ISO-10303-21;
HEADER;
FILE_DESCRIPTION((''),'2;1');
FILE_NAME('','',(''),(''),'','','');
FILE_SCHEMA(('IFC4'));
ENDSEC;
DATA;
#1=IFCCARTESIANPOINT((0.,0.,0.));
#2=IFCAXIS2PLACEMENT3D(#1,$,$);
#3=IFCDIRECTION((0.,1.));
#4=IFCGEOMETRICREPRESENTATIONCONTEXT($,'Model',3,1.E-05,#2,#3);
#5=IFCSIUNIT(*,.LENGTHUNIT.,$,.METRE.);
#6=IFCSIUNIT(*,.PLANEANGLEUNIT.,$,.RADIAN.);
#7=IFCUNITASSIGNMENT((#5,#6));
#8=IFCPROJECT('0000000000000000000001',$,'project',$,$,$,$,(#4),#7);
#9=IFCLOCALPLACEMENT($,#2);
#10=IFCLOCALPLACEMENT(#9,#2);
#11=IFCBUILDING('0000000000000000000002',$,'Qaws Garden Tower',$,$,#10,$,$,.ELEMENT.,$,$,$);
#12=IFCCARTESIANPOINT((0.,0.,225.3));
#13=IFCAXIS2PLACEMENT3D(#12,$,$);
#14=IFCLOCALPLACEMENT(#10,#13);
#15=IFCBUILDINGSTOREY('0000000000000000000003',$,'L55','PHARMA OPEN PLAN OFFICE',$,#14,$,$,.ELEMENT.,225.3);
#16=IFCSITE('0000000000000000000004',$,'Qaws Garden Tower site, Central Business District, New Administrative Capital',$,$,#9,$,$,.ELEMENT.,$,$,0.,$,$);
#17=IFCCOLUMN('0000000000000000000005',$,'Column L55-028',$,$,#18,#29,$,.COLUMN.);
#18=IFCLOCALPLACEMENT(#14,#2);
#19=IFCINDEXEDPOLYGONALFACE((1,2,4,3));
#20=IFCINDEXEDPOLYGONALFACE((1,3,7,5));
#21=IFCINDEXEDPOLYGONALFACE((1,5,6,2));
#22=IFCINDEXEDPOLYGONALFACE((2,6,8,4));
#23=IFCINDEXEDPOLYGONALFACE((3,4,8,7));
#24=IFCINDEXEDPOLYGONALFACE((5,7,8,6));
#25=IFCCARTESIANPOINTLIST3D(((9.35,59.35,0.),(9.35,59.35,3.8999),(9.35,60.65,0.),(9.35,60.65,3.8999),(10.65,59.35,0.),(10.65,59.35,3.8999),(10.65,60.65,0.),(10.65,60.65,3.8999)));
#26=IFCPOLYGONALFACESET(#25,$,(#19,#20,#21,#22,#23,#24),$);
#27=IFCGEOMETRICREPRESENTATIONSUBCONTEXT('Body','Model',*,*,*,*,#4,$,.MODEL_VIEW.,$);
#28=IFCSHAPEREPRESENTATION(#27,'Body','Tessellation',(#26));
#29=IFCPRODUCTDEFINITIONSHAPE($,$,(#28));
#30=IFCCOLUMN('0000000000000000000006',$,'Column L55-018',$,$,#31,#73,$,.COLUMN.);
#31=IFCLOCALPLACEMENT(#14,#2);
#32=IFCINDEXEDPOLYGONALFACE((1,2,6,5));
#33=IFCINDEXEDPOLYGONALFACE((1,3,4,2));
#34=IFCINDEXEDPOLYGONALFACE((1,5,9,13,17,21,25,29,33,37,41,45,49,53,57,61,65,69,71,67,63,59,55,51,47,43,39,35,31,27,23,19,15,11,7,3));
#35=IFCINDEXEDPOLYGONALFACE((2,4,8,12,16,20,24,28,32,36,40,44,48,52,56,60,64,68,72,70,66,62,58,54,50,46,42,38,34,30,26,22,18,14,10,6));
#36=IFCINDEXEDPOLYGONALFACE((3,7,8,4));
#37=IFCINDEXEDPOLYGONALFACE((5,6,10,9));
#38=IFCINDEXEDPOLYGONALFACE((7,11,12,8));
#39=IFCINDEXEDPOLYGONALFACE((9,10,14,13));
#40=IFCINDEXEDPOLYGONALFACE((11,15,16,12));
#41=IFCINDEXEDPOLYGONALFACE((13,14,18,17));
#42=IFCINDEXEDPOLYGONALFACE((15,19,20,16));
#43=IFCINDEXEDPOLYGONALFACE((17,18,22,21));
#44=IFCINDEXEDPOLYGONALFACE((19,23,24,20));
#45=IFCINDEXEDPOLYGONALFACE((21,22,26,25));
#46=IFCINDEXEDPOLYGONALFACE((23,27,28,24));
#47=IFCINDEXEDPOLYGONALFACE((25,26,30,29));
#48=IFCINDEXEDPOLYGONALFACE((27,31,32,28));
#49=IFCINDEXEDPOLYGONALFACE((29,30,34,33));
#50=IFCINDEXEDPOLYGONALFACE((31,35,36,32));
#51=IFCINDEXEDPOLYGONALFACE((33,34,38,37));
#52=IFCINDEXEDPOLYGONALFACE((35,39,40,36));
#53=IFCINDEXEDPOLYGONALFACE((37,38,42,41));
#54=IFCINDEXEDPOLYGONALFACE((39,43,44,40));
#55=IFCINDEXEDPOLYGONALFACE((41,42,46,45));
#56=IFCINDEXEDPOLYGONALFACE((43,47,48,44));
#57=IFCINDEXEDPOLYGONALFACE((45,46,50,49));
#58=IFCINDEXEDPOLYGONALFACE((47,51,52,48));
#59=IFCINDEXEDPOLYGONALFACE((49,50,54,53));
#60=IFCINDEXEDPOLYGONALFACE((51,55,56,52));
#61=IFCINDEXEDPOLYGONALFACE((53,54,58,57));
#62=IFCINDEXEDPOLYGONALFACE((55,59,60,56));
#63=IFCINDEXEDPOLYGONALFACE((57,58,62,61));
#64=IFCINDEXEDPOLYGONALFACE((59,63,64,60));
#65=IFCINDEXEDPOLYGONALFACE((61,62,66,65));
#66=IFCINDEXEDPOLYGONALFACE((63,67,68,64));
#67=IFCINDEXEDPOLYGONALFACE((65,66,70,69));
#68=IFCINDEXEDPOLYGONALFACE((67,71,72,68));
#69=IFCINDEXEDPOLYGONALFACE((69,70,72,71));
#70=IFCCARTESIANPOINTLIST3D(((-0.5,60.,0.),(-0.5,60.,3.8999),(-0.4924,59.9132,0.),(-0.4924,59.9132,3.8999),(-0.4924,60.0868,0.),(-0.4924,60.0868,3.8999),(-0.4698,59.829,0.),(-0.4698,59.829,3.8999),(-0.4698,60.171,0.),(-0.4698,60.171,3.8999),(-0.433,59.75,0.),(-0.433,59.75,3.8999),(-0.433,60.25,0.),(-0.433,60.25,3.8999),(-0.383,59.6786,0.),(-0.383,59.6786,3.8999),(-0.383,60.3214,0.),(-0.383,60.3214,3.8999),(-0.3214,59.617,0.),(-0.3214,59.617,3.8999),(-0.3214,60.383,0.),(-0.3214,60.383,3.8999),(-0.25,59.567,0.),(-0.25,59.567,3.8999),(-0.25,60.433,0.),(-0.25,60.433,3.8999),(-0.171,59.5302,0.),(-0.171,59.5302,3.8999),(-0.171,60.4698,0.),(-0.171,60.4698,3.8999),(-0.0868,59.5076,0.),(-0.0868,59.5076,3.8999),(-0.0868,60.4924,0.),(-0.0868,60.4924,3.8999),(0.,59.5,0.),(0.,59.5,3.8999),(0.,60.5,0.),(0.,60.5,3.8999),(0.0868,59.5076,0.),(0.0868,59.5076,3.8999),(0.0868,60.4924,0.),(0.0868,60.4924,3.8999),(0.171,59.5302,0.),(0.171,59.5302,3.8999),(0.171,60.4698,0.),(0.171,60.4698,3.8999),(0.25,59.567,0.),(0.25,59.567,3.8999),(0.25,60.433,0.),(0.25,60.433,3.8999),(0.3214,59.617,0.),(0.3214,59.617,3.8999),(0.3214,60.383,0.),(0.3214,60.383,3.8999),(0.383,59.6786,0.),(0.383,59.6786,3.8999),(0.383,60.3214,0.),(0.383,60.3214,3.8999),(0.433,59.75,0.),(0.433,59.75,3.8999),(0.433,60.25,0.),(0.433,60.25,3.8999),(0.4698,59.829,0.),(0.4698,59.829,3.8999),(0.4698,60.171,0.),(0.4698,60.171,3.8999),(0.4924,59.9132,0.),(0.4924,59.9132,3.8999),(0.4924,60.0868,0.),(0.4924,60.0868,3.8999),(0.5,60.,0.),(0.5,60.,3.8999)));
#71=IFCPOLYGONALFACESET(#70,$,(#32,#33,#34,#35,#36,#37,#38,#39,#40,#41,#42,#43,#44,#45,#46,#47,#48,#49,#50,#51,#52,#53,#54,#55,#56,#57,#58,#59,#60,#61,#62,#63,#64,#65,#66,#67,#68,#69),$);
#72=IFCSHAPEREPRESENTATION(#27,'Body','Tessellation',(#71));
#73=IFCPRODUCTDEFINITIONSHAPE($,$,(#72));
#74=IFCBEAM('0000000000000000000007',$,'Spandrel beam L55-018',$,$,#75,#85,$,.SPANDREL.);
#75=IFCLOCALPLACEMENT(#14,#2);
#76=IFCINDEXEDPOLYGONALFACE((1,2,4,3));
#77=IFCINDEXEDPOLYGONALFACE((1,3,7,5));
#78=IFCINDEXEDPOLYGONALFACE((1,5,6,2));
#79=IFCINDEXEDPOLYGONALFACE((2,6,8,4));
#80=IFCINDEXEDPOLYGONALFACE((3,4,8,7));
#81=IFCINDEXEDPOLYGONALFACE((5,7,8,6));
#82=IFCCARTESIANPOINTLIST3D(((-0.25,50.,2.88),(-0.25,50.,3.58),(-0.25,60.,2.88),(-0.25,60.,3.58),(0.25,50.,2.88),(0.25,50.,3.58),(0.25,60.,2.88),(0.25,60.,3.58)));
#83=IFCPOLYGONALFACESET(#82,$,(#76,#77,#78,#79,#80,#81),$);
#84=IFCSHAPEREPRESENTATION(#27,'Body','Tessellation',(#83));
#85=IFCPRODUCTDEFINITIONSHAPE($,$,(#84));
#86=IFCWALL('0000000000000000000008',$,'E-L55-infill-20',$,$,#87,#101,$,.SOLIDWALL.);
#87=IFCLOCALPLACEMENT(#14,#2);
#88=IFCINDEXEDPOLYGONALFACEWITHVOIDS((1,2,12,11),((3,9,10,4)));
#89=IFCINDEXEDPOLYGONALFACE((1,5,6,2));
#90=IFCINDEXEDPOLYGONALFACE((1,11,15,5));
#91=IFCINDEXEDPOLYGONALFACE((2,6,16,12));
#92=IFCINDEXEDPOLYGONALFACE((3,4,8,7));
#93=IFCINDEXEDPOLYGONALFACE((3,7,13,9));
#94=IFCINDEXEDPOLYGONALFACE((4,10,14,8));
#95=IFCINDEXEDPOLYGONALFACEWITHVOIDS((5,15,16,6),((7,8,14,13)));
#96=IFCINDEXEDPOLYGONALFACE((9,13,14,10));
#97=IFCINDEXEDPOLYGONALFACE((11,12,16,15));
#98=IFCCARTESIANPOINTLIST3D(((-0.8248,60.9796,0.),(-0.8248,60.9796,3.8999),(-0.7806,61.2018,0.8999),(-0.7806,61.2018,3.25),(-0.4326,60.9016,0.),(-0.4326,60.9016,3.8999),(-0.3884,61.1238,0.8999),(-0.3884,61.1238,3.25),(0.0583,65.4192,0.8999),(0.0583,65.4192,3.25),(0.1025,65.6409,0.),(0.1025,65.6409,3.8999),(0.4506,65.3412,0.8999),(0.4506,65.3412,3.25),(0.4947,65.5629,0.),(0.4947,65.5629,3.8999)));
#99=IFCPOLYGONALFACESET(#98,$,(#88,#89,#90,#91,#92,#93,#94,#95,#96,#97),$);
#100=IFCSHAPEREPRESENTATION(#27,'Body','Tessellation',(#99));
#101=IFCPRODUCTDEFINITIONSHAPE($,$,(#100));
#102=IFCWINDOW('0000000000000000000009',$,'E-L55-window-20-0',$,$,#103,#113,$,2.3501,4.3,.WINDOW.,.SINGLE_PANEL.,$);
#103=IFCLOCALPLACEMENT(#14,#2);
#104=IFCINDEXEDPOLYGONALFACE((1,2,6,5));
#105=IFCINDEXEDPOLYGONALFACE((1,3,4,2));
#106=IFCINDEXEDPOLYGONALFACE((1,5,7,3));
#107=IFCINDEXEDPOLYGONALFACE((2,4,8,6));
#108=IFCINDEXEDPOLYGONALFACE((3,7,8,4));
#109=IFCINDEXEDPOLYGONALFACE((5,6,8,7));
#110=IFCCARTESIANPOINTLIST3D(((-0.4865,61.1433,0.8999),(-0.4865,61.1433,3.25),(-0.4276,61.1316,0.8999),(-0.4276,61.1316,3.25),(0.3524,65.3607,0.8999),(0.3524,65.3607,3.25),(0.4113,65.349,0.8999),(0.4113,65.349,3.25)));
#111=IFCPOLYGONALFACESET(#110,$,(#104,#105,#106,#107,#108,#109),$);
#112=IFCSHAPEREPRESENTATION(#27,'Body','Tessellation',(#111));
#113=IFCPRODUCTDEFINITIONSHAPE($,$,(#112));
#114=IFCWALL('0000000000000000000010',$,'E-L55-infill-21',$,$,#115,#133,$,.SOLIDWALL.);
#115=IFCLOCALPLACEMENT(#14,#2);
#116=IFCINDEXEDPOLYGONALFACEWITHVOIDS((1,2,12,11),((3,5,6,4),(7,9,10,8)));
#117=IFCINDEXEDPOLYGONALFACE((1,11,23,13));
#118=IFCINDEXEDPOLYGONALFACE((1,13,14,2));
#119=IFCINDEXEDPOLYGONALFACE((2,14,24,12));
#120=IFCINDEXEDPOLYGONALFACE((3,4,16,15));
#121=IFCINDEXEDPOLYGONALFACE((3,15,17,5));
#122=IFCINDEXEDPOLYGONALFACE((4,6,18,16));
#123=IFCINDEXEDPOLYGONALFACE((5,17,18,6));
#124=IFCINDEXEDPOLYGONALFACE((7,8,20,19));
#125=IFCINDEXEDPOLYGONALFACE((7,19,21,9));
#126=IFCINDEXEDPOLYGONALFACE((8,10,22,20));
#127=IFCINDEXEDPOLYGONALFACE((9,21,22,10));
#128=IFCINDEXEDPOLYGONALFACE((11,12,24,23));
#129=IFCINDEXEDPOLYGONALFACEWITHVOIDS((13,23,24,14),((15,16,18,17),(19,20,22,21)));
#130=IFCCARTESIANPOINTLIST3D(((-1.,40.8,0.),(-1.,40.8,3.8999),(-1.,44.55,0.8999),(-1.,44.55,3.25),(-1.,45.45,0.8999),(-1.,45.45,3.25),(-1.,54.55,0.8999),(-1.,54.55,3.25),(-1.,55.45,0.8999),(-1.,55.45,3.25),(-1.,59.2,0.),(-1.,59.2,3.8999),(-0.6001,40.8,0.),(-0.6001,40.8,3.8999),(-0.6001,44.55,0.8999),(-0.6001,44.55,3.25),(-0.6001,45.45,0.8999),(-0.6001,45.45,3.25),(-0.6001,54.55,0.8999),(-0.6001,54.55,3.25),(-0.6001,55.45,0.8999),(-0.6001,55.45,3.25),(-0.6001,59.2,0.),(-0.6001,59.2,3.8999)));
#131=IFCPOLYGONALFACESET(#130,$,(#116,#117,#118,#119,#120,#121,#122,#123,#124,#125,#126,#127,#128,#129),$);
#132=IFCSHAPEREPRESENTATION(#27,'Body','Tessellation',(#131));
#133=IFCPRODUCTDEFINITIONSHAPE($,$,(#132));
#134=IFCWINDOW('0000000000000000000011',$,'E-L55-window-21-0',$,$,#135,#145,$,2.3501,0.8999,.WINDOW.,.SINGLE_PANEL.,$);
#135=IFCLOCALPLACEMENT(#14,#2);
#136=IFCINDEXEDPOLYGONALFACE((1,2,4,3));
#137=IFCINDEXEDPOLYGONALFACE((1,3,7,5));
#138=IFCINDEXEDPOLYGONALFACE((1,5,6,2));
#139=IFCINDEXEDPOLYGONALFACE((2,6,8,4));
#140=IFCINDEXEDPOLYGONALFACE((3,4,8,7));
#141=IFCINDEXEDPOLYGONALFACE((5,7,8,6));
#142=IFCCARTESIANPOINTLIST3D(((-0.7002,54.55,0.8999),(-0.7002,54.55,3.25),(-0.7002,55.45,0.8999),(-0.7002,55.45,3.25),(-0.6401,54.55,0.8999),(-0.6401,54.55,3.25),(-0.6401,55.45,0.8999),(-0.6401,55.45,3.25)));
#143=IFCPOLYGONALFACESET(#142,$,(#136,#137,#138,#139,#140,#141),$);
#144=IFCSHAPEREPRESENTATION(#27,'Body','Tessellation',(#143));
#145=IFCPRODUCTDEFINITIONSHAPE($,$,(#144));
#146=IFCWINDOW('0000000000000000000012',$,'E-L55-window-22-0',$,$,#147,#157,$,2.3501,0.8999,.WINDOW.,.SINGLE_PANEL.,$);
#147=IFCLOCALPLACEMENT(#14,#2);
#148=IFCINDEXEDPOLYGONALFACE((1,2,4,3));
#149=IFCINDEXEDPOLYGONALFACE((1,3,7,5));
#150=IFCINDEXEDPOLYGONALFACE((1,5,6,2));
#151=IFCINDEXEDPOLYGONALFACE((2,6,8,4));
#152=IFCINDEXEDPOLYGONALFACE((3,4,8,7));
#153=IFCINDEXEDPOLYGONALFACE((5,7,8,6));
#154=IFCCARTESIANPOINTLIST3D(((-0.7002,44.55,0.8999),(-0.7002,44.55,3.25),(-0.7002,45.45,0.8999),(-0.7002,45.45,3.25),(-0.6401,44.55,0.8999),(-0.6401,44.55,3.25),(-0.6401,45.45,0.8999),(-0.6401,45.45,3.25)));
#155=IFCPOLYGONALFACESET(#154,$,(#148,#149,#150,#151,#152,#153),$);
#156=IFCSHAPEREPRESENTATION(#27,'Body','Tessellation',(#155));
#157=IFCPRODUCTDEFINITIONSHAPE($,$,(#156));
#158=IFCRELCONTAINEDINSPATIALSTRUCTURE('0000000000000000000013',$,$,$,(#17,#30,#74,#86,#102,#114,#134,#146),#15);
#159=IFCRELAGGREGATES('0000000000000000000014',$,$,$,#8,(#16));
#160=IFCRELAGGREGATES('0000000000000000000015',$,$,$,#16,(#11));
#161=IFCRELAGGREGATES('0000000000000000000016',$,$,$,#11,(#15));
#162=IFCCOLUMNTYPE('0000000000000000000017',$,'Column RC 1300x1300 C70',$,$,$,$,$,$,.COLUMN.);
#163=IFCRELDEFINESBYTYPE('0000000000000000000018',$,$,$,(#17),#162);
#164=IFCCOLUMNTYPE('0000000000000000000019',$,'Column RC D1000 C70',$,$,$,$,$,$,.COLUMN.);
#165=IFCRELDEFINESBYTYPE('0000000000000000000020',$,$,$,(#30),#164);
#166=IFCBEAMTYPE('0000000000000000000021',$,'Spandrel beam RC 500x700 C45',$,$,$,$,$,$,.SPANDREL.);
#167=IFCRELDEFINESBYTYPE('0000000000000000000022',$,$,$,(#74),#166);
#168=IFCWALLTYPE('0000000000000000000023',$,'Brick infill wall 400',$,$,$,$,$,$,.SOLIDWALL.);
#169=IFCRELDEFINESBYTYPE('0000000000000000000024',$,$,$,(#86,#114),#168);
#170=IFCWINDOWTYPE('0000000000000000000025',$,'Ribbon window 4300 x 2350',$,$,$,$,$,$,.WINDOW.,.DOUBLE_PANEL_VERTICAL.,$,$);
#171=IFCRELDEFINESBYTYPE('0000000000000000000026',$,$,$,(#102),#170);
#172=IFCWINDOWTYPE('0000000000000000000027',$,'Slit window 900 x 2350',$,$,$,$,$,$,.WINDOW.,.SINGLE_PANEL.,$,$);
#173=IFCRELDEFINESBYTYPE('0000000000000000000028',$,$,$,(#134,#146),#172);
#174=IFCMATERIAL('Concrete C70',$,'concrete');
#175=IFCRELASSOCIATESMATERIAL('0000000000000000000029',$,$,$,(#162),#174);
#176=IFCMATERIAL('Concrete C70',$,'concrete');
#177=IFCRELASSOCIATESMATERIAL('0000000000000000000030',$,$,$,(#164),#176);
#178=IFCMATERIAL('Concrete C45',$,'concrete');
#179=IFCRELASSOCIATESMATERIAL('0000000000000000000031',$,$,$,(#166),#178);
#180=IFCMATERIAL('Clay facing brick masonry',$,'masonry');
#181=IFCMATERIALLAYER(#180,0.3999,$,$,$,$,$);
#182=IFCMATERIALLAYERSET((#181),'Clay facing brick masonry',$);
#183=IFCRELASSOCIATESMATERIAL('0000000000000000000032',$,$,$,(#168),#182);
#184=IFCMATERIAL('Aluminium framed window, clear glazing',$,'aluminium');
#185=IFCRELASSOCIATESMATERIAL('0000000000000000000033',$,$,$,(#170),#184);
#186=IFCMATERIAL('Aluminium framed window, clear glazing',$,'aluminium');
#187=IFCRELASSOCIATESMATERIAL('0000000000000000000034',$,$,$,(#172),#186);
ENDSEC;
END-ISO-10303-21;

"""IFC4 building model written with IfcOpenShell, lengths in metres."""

from ifc_helpers import new_model, si_unit, direction, frame, frame_2d, origin, origin_2d, place, context, subcontext, project, spatial, rectangle, circle, extrude, material, layer, layer_set, material_profile, profile_set, type_object, element, fill, save


model = new_model("IFC4")

# Units and contexts
model_context = context("Model", 3, precision=1e-05, world=origin(), true_north=direction((0.0, 1.0)))
body_context = subcontext(model_context, "Body", "Model", "MODEL_VIEW")
ifc_project = project(units=[si_unit("LENGTHUNIT", "METRE"), si_unit("PLANEANGLEUNIT", "RADIAN")], contexts=[model_context])

# Site, building, storey
site_placement = place(None, origin())
site = spatial("IfcSite", under=ifc_project, at=site_placement, Name="Qaws Garden Tower site, Central Business District, New Administrative Capital", CompositionType="ELEMENT", RefElevation=0.0)
building_placement = place(site_placement, origin())
building = spatial("IfcBuilding", under=site, at=building_placement, Name="Qaws Garden Tower", CompositionType="ELEMENT")
storey_placement = place(building_placement, frame((0.0, 0.0, 225.3)))
storey = spatial("IfcBuildingStorey", under=building, at=storey_placement, Name="L55", Description="PHARMA OPEN PLAN OFFICE", CompositionType="ELEMENT", Elevation=225.3)

# Columns
ifc_material_1 = material(Name="Concrete C70", Category="concrete")
ifc_material_profile_1 = material_profile(ifc_material_1, rectangle(XDim=1.3, YDim=1.3, at=origin_2d()), Name="RC 1300x1300")
ifc_profile_set_1 = profile_set([ifc_material_profile_1], Name="Concrete C70")
column_type_1 = type_object("IfcColumnType", Name="Column RC 1300x1300 C70", PredefinedType="COLUMN", material=ifc_profile_set_1)
column_1_placement = place(storey_placement, frame((10.0, 60.0, 0.0), z_axis=(0.0, 0.0, 1.0), x_axis=(1.0, 0.0, 0.0)))
element("IfcColumn", 1, at=column_1_placement, inside=storey, type_object=column_type_1, Name="Column L55-028", PredefinedType="COLUMN", context=body_context, shape_type="SweptSolid", body=[
    extrude(rectangle(XDim=1.3, YDim=1.3, at=origin_2d()), origin(), (0.0, 0.0, 1.0), 3.8999),
])
ifc_material_2 = material(Name="Concrete C70", Category="concrete")
ifc_material_profile_2 = material_profile(ifc_material_2, circle(Radius=0.5, at=origin_2d()), Name="RC D1000")
ifc_profile_set_2 = profile_set([ifc_material_profile_2], Name="Concrete C70")
column_type_2 = type_object("IfcColumnType", Name="Column RC D1000 C70", PredefinedType="COLUMN", material=ifc_profile_set_2)
column_2_placement = place(storey_placement, frame((0.0, 60.0, 0.0), z_axis=(0.0, 0.0, 1.0), x_axis=(1.0, 0.0, 0.0)))
element("IfcColumn", 2, at=column_2_placement, inside=storey, type_object=column_type_2, Name="Column L55-018", PredefinedType="COLUMN", context=body_context, shape_type="SweptSolid", body=[
    extrude(circle(Radius=0.5, at=origin_2d()), origin(), (0.0, 0.0, 1.0), 3.8999),
])

# Beam
ifc_material_3 = material(Name="Concrete C45", Category="concrete")
ifc_material_profile_3 = material_profile(ifc_material_3, rectangle(XDim=0.5, YDim=0.7, at=origin_2d()), Name="RC 500x700")
ifc_profile_set_3 = profile_set([ifc_material_profile_3], Name="Concrete C45")
beam_type = type_object("IfcBeamType", Name="Spandrel beam RC 500x700 C45", PredefinedType="SPANDREL", material=ifc_profile_set_3)
beam_placement = place(storey_placement, frame((0.0, 60.0, 3.23), z_axis=(0.0, -1.0, 0.0), x_axis=(1.0, 0.0, 0.0)))
element("IfcBeam", 3, at=beam_placement, inside=storey, type_object=beam_type, Name="Spandrel beam L55-018", PredefinedType="SPANDREL", context=body_context, shape_type="SweptSolid", body=[
    extrude(rectangle(XDim=0.5, YDim=0.7, at=origin_2d()), origin(), (0.0, 0.0, 1.0), 10.0),
])

# Wall, opening, window
ifc_material_4 = material(Name="Clay facing brick masonry", Category="masonry")
ifc_layer_1 = layer(ifc_material_4, 0.3999)
ifc_layer_set_1 = layer_set([ifc_layer_1], Name="Clay facing brick masonry")
wall_type_1 = type_object("IfcWallType", Name="Brick infill wall 400", PredefinedType="SOLIDWALL", material=ifc_layer_set_1)
wall_1_placement = place(storey_placement, frame((0.2986, 65.6021, 0.0), z_axis=(0.0, 0.0, 1.0), x_axis=(-0.195099, -0.980784, 0.0)))
wall_1 = element("IfcWall", 4, at=wall_1_placement, inside=storey, type_object=wall_type_1, Name="E-L55-infill-20", PredefinedType="SOLIDWALL", context=body_context, shape_type="SweptSolid", body=[
    extrude(rectangle(XDim=4.7527, YDim=0.3999, at=frame_2d((2.3765, 0.0))), origin(), (0.0, 0.0, 1.0), 3.8999),
])
opening_1_placement = place(wall_1_placement, frame((0.2263, 0.0, 0.8999)))
opening_1 = element("IfcOpeningElement", 5, at=opening_1_placement, cuts=wall_1, PredefinedType="OPENING", context=body_context, shape_type="SweptSolid", body=[
    extrude(rectangle(XDim=4.3, YDim=2.3501, at=frame_2d((2.1499, 1.175))), frame((0.0, 0.21, 0.0), z_axis=(0.0, -1.0, 0.0), x_axis=(1.0, 0.0, 0.0)), (0.0, 0.0, 1.0), 0.4199),
])
ifc_material_5 = material(Name="Aluminium framed window, clear glazing", Category="aluminium")
window_type_1 = type_object("IfcWindowType", Name="Ribbon window 4300 x 2350", PartitioningType="DOUBLE_PANEL_VERTICAL", PredefinedType="WINDOW", material=ifc_material_5)
window_1_placement = place(opening_1_placement, origin())
window_1 = element("IfcWindow", 6, at=window_1_placement, inside=storey, type_object=window_type_1, Name="E-L55-window-20-0", OverallHeight=2.3501, OverallWidth=4.3, PartitioningType="SINGLE_PANEL", PredefinedType="WINDOW", context=body_context, shape_type="SweptSolid", body=[
    extrude(rectangle(XDim=4.3, YDim=2.3501, at=frame_2d((2.1499, 1.175))), frame((0.0, 0.1599, 0.0), z_axis=(0.0, -1.0, 0.0), x_axis=(1.0, 0.0, 0.0)), (0.0, 0.0, 1.0), 0.0601),
])
fill(opening_1, window_1)

# Wall, openings, windows
wall_2_placement = place(storey_placement, frame((-0.8, 59.2, 0.0), z_axis=(0.0, 0.0, 1.0), x_axis=(0.0, -1.0, 0.0)))
wall_2 = element("IfcWall", 7, at=wall_2_placement, inside=storey, type_object=wall_type_1, Name="E-L55-infill-21", PredefinedType="SOLIDWALL", context=body_context, shape_type="SweptSolid", body=[
    extrude(rectangle(XDim=18.3999, YDim=0.3999, at=frame_2d((9.2, 0.0))), origin(), (0.0, 0.0, 1.0), 3.8999),
])
opening_2_placement = place(wall_2_placement, frame((3.75, 0.0, 0.8999)))
opening_2 = element("IfcOpeningElement", 8, at=opening_2_placement, cuts=wall_2, PredefinedType="OPENING", context=body_context, shape_type="SweptSolid", body=[
    extrude(rectangle(XDim=0.8999, YDim=2.3501, at=frame_2d((0.45, 1.175))), frame((0.0, 0.21, 0.0), z_axis=(0.0, -1.0, 0.0), x_axis=(1.0, 0.0, 0.0)), (0.0, 0.0, 1.0), 0.4199),
])
opening_3_placement = place(wall_2_placement, frame((13.75, 0.0, 0.8999)))
opening_3 = element("IfcOpeningElement", 9, at=opening_3_placement, cuts=wall_2, PredefinedType="OPENING", context=body_context, shape_type="SweptSolid", body=[
    extrude(rectangle(XDim=0.8999, YDim=2.3501, at=frame_2d((0.45, 1.175))), frame((0.0, 0.21, 0.0), z_axis=(0.0, -1.0, 0.0), x_axis=(1.0, 0.0, 0.0)), (0.0, 0.0, 1.0), 0.4199),
])
ifc_material_6 = material(Name="Aluminium framed window, clear glazing", Category="aluminium")
window_type_2 = type_object("IfcWindowType", Name="Slit window 900 x 2350", PartitioningType="SINGLE_PANEL", PredefinedType="WINDOW", material=ifc_material_6)
window_2_placement = place(opening_2_placement, origin())
window_2 = element("IfcWindow", 10, at=window_2_placement, inside=storey, type_object=window_type_2, Name="E-L55-window-21-0", OverallHeight=2.3501, OverallWidth=0.8999, PartitioningType="SINGLE_PANEL", PredefinedType="WINDOW", context=body_context, shape_type="SweptSolid", body=[
    extrude(rectangle(XDim=0.8999, YDim=2.3501, at=frame_2d((0.45, 1.175))), frame((0.0, 0.1599, 0.0), z_axis=(0.0, -1.0, 0.0), x_axis=(1.0, 0.0, 0.0)), (0.0, 0.0, 1.0), 0.0601),
])
fill(opening_2, window_2)
window_3_placement = place(opening_3_placement, origin())
window_3 = element("IfcWindow", 11, at=window_3_placement, inside=storey, type_object=window_type_2, Name="E-L55-window-22-0", OverallHeight=2.3501, OverallWidth=0.8999, PartitioningType="SINGLE_PANEL", PredefinedType="WINDOW", context=body_context, shape_type="SweptSolid", body=[
    extrude(rectangle(XDim=0.8999, YDim=2.3501, at=frame_2d((0.45, 1.175))), frame((0.0, 0.1599, 0.0), z_axis=(0.0, -1.0, 0.0), x_axis=(1.0, 0.0, 0.0)), (0.0, 0.0, 1.0), 0.0601),
])
fill(opening_3, window_3)

save(model, "model.ifc")
